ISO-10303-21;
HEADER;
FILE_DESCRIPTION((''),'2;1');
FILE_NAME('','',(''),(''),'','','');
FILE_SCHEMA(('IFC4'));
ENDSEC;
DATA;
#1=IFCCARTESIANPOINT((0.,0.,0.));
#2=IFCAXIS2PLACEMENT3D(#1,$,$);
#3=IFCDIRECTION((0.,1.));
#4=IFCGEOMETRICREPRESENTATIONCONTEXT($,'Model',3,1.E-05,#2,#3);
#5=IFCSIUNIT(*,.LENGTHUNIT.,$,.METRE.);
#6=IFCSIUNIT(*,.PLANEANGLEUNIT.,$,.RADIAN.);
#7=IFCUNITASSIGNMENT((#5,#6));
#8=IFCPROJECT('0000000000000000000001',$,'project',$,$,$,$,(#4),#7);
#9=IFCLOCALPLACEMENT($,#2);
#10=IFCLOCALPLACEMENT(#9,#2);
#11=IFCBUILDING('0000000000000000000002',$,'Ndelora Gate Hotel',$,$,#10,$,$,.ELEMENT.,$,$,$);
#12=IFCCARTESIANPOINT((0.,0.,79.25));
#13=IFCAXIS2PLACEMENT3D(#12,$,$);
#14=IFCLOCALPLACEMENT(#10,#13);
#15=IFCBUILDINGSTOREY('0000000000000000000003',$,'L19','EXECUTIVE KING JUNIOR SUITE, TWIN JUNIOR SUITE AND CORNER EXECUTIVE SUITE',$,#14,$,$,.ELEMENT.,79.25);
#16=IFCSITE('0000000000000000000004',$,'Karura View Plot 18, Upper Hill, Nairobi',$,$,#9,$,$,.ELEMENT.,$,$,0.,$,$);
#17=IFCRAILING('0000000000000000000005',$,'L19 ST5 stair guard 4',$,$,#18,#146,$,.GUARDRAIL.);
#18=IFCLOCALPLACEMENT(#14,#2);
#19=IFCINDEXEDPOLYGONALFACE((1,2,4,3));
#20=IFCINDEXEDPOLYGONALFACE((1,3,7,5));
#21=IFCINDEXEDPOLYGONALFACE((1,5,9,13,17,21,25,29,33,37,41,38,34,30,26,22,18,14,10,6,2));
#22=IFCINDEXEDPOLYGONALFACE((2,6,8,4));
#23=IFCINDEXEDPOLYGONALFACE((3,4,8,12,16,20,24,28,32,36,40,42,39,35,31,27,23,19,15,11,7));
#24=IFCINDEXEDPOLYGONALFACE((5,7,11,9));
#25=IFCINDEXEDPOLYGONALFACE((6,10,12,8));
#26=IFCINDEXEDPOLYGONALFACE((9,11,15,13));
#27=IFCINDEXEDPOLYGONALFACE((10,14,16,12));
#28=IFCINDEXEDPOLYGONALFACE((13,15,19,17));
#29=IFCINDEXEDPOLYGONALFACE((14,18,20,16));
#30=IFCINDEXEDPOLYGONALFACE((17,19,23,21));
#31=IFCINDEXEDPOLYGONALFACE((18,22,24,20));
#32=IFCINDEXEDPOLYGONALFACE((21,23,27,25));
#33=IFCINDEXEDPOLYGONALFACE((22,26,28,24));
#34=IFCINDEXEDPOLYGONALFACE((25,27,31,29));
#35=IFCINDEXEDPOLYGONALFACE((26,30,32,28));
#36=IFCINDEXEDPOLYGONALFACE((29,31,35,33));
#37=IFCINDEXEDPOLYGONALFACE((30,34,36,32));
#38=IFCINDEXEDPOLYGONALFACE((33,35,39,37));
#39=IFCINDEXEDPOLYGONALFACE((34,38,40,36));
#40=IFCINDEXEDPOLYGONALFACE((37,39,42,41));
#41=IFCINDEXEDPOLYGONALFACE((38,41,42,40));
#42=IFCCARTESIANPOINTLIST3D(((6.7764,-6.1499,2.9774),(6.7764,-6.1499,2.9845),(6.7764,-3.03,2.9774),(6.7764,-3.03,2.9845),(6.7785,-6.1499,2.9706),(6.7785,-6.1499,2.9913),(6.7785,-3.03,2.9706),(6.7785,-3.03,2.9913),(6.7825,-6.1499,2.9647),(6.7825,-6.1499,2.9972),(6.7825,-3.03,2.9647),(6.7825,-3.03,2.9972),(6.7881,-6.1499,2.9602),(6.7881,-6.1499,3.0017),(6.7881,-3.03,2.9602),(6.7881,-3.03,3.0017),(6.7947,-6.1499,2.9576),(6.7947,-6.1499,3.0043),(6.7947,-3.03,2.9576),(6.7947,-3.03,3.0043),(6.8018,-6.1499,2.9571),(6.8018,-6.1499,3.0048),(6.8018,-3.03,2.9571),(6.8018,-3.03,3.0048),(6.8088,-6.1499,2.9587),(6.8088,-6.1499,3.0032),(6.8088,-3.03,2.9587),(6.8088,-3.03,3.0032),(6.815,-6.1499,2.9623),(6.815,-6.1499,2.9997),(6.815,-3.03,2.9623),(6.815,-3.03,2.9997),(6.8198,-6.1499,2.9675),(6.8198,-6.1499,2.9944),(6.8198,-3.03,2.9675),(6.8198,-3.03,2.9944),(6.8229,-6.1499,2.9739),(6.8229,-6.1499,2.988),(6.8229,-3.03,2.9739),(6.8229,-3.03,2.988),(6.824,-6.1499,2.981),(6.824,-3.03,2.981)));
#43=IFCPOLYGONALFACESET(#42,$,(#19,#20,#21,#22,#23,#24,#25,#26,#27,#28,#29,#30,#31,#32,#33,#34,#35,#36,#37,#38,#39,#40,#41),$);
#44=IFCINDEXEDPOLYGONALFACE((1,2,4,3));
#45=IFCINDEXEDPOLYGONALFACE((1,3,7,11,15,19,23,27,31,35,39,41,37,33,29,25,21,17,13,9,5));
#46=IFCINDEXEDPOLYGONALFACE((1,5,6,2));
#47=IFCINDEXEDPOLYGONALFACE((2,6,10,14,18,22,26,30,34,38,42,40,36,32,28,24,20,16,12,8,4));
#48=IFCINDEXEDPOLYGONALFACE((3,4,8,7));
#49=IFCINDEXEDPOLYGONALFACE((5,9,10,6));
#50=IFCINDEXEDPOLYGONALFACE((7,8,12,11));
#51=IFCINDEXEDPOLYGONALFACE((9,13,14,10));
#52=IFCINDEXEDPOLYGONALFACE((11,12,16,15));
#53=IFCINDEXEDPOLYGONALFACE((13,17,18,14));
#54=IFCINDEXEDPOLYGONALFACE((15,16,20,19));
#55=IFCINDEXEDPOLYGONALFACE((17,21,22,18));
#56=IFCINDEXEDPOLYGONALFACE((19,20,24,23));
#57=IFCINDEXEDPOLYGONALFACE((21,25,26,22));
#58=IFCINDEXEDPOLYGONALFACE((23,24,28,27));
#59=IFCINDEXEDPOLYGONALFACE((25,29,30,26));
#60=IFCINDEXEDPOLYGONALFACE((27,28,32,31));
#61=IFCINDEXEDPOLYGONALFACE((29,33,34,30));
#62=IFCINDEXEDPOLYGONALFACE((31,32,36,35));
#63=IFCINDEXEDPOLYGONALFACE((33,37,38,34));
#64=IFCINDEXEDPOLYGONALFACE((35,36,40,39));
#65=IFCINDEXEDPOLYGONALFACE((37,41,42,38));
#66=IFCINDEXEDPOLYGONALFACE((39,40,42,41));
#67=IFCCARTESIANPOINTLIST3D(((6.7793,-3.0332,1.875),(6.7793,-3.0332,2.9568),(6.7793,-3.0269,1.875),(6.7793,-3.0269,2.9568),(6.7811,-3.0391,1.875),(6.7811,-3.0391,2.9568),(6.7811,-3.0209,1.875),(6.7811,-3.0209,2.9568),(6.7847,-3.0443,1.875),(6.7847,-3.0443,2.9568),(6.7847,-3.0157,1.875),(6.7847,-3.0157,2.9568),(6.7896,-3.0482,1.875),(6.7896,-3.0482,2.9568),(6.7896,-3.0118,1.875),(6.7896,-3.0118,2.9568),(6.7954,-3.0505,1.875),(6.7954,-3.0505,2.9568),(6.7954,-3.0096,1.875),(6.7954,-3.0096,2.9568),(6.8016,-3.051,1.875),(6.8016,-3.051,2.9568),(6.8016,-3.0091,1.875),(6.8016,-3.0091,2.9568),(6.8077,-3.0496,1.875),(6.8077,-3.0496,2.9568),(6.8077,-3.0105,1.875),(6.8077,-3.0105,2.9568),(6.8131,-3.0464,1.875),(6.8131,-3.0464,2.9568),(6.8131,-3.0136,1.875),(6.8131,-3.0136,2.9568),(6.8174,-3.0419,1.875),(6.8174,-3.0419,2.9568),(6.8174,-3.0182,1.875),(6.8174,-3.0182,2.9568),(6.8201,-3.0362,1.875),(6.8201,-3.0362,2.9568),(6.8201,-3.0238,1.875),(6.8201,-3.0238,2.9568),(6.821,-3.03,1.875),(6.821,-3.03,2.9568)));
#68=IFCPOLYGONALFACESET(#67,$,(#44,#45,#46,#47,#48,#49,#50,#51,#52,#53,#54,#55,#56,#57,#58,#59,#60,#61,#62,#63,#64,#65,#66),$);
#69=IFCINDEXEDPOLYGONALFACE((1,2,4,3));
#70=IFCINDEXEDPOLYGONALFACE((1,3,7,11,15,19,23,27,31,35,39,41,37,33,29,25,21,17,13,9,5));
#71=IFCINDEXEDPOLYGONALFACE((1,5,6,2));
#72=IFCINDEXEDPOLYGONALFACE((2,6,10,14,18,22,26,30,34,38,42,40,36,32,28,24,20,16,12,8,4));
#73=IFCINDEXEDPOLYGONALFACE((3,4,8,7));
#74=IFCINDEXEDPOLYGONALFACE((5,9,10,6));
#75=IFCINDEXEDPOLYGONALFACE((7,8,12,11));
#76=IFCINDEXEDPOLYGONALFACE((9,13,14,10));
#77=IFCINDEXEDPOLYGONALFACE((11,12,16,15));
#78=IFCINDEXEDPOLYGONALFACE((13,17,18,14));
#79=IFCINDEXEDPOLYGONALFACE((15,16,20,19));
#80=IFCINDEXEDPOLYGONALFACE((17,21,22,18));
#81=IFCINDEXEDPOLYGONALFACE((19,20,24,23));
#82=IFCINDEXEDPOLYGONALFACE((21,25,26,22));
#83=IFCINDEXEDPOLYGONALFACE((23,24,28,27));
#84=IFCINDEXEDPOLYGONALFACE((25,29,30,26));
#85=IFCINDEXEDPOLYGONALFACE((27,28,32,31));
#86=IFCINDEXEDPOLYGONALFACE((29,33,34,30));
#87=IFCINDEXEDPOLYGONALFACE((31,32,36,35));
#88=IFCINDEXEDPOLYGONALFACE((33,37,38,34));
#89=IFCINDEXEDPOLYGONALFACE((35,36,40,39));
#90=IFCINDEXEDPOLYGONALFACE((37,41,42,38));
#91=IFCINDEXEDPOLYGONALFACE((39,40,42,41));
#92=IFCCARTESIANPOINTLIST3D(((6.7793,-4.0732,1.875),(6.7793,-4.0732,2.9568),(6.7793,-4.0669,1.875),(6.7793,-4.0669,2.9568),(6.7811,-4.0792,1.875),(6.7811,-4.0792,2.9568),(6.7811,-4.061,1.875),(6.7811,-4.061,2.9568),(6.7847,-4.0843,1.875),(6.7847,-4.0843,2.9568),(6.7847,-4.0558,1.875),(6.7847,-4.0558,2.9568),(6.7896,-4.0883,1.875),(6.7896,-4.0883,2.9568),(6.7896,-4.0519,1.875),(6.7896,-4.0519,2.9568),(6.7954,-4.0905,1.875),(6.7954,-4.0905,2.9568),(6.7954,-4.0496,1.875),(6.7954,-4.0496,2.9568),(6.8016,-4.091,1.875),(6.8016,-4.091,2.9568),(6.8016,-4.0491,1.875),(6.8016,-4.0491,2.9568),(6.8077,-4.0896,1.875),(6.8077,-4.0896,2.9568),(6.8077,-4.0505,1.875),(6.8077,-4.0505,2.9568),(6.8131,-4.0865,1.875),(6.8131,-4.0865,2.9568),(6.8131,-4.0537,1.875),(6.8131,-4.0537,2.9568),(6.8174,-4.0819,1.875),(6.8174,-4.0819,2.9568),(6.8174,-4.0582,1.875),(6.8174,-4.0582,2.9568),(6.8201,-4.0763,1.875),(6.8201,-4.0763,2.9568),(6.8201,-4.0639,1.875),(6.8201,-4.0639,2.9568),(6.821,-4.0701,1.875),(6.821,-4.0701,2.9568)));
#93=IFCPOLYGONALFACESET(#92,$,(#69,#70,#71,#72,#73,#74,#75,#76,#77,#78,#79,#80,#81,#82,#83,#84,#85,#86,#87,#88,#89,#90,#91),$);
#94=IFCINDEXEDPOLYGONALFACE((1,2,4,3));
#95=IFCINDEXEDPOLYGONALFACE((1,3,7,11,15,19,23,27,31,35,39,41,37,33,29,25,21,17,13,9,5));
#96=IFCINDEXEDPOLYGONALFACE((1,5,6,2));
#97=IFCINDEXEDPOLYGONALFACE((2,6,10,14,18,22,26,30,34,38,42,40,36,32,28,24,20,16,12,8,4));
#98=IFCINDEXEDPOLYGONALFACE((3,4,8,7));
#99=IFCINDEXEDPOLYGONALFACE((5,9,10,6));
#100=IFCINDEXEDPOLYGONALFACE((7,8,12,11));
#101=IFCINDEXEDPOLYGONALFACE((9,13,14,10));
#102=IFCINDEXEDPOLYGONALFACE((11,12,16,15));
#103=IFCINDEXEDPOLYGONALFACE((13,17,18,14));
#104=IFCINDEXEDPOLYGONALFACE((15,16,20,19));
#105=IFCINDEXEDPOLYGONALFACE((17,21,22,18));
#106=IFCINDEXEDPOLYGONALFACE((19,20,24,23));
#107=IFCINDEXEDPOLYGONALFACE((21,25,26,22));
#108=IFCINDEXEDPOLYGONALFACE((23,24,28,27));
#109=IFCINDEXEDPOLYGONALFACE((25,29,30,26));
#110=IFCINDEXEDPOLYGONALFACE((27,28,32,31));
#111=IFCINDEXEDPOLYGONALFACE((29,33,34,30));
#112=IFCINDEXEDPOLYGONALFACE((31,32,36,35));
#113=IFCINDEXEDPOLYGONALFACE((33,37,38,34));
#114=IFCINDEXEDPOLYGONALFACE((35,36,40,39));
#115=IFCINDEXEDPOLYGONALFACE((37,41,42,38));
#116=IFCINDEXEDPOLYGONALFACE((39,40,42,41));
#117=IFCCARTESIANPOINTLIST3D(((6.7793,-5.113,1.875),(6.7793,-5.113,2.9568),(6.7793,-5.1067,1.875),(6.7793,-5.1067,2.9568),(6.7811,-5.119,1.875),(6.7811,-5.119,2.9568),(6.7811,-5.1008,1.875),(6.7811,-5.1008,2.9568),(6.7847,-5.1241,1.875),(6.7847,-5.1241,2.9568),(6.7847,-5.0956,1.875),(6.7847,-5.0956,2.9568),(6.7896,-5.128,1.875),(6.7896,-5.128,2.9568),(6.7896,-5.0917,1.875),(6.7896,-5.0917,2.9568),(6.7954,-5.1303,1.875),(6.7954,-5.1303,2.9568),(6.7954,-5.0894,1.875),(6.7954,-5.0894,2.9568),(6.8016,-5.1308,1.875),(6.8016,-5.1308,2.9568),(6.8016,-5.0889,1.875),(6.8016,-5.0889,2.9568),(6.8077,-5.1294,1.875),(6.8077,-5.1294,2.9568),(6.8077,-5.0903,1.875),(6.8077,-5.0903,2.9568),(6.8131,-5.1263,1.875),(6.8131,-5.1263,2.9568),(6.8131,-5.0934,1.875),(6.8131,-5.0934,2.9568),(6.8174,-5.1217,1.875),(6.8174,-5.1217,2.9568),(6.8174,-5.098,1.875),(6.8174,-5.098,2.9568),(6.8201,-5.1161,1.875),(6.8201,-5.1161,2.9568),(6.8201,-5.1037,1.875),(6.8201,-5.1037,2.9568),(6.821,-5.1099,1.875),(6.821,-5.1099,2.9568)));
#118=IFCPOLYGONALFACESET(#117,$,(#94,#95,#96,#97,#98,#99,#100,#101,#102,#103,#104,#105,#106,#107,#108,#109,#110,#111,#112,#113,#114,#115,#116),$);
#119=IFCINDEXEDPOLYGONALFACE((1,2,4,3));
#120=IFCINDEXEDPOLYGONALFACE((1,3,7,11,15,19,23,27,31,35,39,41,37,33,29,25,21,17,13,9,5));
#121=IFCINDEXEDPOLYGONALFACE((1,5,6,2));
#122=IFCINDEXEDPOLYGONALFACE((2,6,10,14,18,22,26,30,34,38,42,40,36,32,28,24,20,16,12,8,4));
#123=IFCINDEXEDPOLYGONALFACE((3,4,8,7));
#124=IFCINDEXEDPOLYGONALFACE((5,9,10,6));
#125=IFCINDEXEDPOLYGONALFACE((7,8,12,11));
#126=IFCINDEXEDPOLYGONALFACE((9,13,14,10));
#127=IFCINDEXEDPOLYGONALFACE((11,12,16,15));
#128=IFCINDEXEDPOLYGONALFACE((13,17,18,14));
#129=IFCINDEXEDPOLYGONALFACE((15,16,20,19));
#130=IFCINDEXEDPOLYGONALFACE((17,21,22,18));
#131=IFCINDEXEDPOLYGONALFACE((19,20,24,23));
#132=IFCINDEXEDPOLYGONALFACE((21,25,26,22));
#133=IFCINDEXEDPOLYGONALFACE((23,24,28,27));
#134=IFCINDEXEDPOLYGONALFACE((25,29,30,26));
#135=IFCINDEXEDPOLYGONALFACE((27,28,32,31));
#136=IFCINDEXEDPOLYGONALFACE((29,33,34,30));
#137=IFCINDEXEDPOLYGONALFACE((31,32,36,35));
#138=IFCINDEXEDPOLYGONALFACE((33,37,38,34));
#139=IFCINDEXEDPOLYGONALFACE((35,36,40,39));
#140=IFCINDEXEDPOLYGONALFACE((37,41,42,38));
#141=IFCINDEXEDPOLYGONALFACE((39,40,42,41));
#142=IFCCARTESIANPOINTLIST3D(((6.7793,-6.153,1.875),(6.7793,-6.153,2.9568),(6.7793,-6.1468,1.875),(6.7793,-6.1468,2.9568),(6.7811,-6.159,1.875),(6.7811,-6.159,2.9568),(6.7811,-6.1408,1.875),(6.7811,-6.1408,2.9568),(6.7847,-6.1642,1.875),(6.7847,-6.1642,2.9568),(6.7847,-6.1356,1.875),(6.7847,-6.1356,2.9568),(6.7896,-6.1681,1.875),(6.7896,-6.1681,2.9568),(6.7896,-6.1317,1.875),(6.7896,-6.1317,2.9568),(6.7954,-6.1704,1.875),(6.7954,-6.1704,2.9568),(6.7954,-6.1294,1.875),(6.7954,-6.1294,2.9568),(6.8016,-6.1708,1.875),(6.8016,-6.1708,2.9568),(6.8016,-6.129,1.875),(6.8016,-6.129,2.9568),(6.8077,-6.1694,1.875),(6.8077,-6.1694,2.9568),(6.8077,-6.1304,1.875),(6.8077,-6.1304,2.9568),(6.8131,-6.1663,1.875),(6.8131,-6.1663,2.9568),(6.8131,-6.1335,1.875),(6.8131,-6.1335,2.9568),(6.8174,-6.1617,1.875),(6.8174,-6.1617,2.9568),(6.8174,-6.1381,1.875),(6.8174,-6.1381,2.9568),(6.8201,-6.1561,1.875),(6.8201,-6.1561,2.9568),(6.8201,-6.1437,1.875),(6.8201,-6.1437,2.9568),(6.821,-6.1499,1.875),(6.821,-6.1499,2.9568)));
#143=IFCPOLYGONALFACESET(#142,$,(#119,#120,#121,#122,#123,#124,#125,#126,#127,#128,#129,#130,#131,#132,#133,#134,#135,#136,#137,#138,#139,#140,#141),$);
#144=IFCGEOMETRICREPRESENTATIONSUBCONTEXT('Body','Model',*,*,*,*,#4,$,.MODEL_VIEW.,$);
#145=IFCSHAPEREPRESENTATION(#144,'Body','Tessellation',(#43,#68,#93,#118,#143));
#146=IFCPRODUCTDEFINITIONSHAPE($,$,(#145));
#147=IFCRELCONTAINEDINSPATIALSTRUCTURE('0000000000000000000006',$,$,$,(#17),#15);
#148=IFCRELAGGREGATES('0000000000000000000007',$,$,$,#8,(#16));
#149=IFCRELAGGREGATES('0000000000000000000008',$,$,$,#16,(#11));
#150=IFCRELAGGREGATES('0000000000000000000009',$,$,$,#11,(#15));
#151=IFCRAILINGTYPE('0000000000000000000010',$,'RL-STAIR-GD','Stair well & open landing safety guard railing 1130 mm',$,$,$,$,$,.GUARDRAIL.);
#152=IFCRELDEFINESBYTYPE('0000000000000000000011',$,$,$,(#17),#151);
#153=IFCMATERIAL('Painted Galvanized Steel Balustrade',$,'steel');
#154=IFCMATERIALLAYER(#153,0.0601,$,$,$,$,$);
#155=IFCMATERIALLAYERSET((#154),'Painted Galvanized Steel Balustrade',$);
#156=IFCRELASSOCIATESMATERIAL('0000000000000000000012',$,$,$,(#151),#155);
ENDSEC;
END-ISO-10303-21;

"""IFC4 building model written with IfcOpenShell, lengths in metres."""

from ifc_helpers import new_model, si_unit, direction, frame, origin, origin_2d, place, context, subcontext, project, spatial, circle, extrude, material, layer, layer_set, type_object, element, save


model = new_model("IFC4")

# Units and contexts
model_context = context("Model", 3, precision=1e-05, world=origin(), true_north=direction((0.0, 1.0)))
body_context = subcontext(model_context, "Body", "Model", "MODEL_VIEW")
ifc_project = project(units=[si_unit("LENGTHUNIT", "METRE"), si_unit("PLANEANGLEUNIT", "RADIAN")], contexts=[model_context])

# Site, building, storey
site_placement = place(None, origin())
site = spatial("IfcSite", under=ifc_project, at=site_placement, Name="Karura View Plot 18, Upper Hill, Nairobi", CompositionType="ELEMENT", RefElevation=0.0)
building_placement = place(site_placement, origin())
building = spatial("IfcBuilding", under=site, at=building_placement, Name="Ndelora Gate Hotel", CompositionType="ELEMENT")
storey_placement = place(building_placement, frame((0.0, 0.0, 79.25)))
storey = spatial("IfcBuildingStorey", under=building, at=storey_placement, Name="L19", Description="EXECUTIVE KING JUNIOR SUITE, TWIN JUNIOR SUITE AND CORNER EXECUTIVE SUITE", CompositionType="ELEMENT", Elevation=79.25)

# Railing
ifc_material_1 = material(Name="Painted Galvanized Steel Balustrade", Category="steel")
ifc_layer_1 = layer(ifc_material_1, 0.0601)
ifc_layer_set_1 = layer_set([ifc_layer_1], Name="Painted Galvanized Steel Balustrade")
railing_type_1 = type_object("IfcRailingType", Name="RL-STAIR-GD", Description="Stair well & open landing safety guard railing 1130 mm", PredefinedType="GUARDRAIL", material=ifc_layer_set_1)
railing_1_placement = place(storey_placement, frame((6.8, -3.03, 1.875)))
element("IfcRailing", 1, at=railing_1_placement, inside=storey, type_object=railing_type_1, Name="L19 ST5 stair guard 4", PredefinedType="GUARDRAIL", context=body_context, shape_type="SweptSolid", body=[
    extrude(circle(Radius=0.0239, at=origin_2d()), frame((0.0, 0.0, 1.106), z_axis=(0.0, -1.0, 0.0), x_axis=(1.0, 0.0, 0.0)), (0.0, 0.0, 1.0), 3.1199),
    extrude(circle(Radius=0.021, at=origin_2d()), origin(), (0.0, 0.0, 1.0), 1.0818),
    extrude(circle(Radius=0.021, at=origin_2d()), frame((0.0, -1.04, 0.0)), (0.0, 0.0, 1.0), 1.0818),
    extrude(circle(Radius=0.021, at=origin_2d()), frame((0.0, -2.0798, 0.0)), (0.0, 0.0, 1.0), 1.0818),
    extrude(circle(Radius=0.021, at=origin_2d()), frame((0.0, -3.1199, 0.0)), (0.0, 0.0, 1.0), 1.0818),
])

save(model, "model.ifc")
